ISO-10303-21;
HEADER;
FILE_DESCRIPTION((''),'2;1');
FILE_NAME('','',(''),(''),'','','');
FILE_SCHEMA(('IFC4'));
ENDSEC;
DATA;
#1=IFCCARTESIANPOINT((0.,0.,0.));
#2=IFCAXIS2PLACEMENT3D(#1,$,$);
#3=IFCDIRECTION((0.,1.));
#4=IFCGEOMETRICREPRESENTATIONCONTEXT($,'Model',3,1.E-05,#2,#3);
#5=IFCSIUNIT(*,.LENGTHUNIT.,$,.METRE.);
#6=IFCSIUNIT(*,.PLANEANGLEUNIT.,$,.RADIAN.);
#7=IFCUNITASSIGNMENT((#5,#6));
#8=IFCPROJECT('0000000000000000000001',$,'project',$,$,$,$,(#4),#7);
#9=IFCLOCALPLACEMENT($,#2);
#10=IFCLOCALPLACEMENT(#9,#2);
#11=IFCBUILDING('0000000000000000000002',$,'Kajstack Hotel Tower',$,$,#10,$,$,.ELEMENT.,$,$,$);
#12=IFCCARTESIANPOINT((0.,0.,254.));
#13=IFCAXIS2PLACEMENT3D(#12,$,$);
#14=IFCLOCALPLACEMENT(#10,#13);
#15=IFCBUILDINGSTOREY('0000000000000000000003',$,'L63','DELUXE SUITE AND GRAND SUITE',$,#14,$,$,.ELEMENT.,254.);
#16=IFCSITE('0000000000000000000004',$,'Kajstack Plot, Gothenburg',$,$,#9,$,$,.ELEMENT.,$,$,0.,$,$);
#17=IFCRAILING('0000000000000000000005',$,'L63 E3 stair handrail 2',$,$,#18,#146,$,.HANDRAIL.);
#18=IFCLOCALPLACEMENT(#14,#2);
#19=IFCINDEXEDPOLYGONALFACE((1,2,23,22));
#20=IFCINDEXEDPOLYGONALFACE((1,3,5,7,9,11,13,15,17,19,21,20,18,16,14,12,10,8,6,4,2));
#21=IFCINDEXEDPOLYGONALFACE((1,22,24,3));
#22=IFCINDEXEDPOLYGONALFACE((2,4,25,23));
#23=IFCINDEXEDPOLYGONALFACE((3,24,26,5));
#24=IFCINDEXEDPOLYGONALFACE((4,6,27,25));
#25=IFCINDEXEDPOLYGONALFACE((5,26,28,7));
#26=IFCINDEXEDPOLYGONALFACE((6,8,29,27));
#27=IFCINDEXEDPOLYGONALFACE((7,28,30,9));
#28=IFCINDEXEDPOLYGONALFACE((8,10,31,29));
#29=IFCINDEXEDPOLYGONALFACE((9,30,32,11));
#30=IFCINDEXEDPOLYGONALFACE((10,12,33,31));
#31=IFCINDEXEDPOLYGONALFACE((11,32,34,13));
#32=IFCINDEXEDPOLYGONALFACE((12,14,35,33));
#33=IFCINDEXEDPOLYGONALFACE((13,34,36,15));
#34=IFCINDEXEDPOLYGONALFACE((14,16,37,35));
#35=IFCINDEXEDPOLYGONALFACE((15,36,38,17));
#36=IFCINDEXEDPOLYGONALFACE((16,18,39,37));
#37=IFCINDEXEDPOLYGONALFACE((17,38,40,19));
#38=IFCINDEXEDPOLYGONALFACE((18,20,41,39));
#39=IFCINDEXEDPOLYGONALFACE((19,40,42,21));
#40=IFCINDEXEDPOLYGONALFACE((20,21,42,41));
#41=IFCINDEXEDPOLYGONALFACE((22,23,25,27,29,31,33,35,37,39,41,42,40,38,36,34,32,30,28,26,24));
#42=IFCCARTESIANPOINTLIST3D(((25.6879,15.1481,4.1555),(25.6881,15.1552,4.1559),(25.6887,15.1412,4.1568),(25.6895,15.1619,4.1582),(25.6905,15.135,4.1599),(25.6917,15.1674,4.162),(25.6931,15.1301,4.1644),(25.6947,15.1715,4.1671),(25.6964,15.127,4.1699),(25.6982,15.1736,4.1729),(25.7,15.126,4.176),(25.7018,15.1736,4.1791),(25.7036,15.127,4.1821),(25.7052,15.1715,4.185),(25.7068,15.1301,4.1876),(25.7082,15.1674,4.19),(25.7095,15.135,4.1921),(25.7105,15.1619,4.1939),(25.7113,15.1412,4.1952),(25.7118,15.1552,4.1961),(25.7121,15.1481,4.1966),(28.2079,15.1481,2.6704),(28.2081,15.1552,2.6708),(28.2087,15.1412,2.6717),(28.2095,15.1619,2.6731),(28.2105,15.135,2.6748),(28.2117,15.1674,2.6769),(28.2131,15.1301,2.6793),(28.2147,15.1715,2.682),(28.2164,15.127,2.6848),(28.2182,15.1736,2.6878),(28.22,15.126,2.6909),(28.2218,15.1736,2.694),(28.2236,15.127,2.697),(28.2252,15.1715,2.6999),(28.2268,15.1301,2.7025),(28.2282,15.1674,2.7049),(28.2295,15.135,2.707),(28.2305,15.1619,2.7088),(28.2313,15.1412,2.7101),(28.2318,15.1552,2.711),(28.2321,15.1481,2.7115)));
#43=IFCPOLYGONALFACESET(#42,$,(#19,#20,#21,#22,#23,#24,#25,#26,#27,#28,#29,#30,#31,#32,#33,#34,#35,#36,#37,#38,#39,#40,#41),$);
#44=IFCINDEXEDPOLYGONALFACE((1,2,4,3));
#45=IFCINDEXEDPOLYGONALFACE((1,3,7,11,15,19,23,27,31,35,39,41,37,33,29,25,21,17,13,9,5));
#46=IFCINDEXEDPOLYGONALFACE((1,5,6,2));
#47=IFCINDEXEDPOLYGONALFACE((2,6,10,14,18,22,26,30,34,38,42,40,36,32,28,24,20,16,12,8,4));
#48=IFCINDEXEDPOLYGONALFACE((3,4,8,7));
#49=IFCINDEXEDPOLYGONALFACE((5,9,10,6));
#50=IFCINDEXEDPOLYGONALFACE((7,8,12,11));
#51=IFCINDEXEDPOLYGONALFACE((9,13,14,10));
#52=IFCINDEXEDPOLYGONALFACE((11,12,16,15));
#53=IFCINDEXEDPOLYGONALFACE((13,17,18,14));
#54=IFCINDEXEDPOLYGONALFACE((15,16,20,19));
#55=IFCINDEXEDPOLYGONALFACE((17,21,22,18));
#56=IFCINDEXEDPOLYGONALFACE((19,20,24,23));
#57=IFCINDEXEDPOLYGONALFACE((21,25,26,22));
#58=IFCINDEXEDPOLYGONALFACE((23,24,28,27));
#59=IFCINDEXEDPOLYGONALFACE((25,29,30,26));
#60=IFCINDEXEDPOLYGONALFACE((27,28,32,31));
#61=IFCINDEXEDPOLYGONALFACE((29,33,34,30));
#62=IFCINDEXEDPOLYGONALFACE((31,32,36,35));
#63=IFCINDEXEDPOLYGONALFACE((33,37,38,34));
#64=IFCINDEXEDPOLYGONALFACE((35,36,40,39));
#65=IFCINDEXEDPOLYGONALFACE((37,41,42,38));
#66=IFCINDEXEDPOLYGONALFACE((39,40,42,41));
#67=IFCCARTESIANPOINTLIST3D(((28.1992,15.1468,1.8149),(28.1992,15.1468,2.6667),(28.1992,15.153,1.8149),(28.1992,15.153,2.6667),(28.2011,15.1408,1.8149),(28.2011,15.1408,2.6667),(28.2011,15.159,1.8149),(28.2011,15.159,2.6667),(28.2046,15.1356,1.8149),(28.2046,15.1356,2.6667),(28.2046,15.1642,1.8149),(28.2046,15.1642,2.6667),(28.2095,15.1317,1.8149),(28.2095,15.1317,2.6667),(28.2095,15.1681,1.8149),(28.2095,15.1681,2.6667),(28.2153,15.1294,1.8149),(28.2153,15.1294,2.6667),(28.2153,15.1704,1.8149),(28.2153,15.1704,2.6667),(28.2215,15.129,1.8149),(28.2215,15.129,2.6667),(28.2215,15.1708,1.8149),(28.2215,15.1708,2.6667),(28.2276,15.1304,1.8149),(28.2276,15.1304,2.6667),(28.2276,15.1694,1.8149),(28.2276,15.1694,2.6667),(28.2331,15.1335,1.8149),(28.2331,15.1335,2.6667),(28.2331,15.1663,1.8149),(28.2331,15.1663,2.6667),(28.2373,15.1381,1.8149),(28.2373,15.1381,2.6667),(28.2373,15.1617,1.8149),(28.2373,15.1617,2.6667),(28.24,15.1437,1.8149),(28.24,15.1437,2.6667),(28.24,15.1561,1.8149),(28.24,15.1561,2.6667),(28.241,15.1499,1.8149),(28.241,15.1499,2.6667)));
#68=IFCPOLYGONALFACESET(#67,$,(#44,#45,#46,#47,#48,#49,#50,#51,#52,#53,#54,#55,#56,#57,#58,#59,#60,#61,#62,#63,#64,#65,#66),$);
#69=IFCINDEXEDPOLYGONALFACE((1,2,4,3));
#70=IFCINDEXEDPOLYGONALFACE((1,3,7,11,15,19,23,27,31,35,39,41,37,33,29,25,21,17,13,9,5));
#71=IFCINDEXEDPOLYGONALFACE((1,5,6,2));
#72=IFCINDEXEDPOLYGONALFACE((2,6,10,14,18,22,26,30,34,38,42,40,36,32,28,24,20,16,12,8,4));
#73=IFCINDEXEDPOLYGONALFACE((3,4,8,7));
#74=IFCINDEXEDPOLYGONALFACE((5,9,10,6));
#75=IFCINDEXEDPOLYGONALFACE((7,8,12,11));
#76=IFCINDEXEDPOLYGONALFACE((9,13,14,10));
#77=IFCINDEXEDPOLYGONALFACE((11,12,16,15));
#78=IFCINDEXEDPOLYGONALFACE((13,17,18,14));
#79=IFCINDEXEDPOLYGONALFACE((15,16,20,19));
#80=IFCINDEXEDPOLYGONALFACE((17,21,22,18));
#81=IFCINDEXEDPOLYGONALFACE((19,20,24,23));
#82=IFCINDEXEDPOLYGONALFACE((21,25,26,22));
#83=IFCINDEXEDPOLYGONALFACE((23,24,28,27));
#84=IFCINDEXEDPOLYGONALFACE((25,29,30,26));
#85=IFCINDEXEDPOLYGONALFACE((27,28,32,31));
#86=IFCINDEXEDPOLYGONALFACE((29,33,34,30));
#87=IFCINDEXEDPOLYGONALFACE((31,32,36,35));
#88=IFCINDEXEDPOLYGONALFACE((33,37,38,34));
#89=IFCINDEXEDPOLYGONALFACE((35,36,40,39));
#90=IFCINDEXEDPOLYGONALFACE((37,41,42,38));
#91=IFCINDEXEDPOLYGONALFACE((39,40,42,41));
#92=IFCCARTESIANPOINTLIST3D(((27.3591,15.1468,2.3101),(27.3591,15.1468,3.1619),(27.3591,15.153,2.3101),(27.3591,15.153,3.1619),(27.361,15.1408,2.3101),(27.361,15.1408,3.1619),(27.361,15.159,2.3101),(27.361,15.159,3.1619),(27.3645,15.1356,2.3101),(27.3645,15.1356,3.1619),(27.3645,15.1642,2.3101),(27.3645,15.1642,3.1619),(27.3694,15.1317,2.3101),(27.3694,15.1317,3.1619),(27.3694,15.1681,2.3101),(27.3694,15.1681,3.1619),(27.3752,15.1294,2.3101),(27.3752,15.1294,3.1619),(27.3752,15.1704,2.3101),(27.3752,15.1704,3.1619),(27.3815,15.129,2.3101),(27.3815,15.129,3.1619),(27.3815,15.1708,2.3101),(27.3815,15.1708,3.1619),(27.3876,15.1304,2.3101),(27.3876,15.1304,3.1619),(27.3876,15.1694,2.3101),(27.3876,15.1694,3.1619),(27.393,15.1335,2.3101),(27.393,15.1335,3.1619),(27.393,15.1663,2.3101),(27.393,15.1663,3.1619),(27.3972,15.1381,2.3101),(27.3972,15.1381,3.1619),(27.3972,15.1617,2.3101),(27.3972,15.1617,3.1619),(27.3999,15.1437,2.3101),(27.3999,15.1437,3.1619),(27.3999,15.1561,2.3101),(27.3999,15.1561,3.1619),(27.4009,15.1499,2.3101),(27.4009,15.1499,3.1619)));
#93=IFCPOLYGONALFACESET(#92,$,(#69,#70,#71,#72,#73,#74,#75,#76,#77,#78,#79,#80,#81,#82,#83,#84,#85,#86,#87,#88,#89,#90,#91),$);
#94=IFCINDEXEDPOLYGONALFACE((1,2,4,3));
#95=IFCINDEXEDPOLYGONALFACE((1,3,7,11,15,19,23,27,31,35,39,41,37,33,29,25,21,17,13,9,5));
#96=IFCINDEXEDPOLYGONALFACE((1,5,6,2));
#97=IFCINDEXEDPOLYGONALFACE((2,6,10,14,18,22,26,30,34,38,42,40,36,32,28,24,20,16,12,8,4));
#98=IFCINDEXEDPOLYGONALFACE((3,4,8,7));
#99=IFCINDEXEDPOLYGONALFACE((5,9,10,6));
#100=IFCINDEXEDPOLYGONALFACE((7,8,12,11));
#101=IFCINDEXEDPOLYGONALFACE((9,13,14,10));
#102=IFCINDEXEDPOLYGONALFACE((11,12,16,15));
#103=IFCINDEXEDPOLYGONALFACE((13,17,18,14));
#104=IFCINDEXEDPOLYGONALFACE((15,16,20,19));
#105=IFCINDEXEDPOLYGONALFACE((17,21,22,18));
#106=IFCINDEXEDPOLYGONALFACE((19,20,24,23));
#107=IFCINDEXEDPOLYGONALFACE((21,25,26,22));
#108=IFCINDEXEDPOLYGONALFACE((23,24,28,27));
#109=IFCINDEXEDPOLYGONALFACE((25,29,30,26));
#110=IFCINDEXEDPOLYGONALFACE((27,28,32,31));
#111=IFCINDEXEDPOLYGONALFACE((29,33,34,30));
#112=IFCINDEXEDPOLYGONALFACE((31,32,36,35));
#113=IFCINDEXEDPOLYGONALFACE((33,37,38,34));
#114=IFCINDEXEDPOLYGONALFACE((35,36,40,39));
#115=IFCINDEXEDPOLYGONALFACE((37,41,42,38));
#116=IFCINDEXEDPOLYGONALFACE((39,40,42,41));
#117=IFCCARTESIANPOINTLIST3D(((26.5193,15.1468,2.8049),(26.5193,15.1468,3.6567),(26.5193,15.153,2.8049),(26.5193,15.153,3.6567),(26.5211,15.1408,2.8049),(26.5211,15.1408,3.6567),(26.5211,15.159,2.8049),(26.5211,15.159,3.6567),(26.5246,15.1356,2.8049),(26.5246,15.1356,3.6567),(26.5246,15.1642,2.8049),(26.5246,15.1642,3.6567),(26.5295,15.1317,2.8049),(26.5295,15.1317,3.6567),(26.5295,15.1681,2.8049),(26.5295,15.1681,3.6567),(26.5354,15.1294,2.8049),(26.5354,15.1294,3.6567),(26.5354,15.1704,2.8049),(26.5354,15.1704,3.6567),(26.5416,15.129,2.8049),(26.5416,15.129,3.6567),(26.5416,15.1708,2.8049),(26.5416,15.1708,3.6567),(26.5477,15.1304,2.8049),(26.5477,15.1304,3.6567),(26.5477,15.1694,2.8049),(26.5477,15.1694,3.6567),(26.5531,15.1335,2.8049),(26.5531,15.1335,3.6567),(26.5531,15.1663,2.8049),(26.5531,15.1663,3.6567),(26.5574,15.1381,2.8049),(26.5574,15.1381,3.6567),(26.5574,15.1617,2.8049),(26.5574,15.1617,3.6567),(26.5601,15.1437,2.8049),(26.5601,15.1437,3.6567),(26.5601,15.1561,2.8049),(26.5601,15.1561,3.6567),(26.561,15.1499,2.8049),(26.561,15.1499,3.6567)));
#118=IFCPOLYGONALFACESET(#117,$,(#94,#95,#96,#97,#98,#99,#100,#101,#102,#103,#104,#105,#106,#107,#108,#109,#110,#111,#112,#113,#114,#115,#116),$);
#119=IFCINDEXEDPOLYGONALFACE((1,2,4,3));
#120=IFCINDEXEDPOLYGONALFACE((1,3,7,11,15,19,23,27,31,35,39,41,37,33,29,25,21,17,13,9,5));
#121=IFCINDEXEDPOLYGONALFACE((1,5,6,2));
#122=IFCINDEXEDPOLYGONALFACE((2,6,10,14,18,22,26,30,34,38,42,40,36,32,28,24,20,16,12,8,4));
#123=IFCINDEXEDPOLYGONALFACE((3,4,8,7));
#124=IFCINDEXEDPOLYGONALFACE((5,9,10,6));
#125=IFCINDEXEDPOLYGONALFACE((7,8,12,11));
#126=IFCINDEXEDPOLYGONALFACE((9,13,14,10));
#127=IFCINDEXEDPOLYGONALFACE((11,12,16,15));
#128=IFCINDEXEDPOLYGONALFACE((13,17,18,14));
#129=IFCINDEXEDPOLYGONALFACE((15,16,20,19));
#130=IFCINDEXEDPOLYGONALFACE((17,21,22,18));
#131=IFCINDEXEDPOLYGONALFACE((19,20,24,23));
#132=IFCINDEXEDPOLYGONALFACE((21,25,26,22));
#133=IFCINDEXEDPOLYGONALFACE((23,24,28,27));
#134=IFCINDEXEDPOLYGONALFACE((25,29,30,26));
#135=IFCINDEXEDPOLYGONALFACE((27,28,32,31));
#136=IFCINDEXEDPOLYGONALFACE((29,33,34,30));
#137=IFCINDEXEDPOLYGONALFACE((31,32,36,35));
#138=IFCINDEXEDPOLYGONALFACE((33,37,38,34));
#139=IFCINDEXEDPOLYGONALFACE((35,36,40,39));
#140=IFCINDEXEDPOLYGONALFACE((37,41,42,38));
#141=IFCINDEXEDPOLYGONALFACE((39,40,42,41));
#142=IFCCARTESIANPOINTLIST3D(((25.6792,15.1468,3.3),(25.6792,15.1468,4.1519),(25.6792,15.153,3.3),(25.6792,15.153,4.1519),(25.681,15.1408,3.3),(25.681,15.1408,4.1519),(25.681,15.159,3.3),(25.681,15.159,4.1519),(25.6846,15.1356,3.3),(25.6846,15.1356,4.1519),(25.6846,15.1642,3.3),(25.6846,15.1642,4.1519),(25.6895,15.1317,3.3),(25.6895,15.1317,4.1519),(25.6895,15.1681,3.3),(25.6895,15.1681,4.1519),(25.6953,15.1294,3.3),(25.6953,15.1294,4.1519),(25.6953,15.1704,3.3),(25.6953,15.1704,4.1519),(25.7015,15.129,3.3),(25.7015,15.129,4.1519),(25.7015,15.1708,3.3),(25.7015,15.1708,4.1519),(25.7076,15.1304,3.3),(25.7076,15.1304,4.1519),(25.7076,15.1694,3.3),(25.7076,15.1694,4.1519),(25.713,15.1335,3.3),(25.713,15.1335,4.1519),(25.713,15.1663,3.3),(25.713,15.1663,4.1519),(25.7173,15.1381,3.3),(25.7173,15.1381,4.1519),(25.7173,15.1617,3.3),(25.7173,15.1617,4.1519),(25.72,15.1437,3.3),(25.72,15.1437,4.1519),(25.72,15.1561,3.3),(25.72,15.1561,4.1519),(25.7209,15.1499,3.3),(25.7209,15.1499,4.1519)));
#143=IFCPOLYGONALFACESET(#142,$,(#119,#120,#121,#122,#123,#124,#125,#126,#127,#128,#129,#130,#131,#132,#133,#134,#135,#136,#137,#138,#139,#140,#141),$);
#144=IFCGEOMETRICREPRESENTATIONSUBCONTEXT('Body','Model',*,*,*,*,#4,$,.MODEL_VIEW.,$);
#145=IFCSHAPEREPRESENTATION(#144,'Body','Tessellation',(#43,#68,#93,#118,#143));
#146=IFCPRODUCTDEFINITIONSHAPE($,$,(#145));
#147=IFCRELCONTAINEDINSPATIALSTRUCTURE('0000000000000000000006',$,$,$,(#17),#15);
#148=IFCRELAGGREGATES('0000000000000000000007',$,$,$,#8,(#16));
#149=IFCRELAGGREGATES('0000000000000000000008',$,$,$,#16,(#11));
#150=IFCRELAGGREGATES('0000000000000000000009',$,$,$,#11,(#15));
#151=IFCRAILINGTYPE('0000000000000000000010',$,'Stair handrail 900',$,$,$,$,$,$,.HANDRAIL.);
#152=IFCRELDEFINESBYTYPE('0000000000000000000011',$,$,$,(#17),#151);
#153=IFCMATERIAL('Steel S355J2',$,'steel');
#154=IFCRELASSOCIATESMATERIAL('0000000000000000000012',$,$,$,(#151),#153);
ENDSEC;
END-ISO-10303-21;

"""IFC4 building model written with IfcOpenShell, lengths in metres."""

from ifc_helpers import new_model, si_unit, direction, frame, origin, origin_2d, place, context, subcontext, project, spatial, circle, extrude, material, type_object, element, save


model = new_model("IFC4")

# Units and contexts
model_context = context("Model", 3, precision=1e-05, world=origin(), true_north=direction((0.0, 1.0)))
body_context = subcontext(model_context, "Body", "Model", "MODEL_VIEW")
ifc_project = project(units=[si_unit("LENGTHUNIT", "METRE"), si_unit("PLANEANGLEUNIT", "RADIAN")], contexts=[model_context])

# Site, building, storey
site_placement = place(None, origin())
site = spatial("IfcSite", under=ifc_project, at=site_placement, Name="Kajstack Plot, Gothenburg", CompositionType="ELEMENT", RefElevation=0.0)
building_placement = place(site_placement, origin())
building = spatial("IfcBuilding", under=site, at=building_placement, Name="Kajstack Hotel Tower", CompositionType="ELEMENT")
storey_placement = place(building_placement, frame((0.0, 0.0, 254.0)))
storey = spatial("IfcBuildingStorey", under=building, at=storey_placement, Name="L63", Description="DELUXE SUITE AND GRAND SUITE", CompositionType="ELEMENT", Elevation=254.0)

# Railing
ifc_material_1 = material(Name="Steel S355J2", Category="steel")
railing_type_1 = type_object("IfcRailingType", Name="Stair handrail 900", PredefinedType="HANDRAIL", material=ifc_material_1)
railing_1_placement = place(storey_placement, frame((28.22, 15.1499, 1.8149)))
element("IfcRailing", 1, at=railing_1_placement, inside=storey, type_object=railing_type_1, Name="L63 E3 stair handrail 2", PredefinedType="HANDRAIL", context=body_context, shape_type="SweptSolid", body=[
    extrude(circle(Radius=0.0239, at=origin_2d()), frame((0.0, 0.0, 0.876), z_axis=(-0.861524, 0.0, 0.507717), x_axis=(0.0, -1.0, 0.0)), (0.0, 0.0, 1.0), 2.925),
    extrude(circle(Radius=0.021, at=origin_2d()), origin(), (0.0, 0.0, 1.0), 0.8518),
    extrude(circle(Radius=0.021, at=origin_2d()), frame((-0.8401, 0.0, 0.4951)), (0.0, 0.0, 1.0), 0.8518),
    extrude(circle(Radius=0.021, at=origin_2d()), frame((-1.6799, 0.0, 0.99)), (0.0, 0.0, 1.0), 0.8518),
    extrude(circle(Radius=0.021, at=origin_2d()), frame((-2.52, 0.0, 1.4851)), (0.0, 0.0, 1.0), 0.8518),
])

save(model, "model.ifc")
